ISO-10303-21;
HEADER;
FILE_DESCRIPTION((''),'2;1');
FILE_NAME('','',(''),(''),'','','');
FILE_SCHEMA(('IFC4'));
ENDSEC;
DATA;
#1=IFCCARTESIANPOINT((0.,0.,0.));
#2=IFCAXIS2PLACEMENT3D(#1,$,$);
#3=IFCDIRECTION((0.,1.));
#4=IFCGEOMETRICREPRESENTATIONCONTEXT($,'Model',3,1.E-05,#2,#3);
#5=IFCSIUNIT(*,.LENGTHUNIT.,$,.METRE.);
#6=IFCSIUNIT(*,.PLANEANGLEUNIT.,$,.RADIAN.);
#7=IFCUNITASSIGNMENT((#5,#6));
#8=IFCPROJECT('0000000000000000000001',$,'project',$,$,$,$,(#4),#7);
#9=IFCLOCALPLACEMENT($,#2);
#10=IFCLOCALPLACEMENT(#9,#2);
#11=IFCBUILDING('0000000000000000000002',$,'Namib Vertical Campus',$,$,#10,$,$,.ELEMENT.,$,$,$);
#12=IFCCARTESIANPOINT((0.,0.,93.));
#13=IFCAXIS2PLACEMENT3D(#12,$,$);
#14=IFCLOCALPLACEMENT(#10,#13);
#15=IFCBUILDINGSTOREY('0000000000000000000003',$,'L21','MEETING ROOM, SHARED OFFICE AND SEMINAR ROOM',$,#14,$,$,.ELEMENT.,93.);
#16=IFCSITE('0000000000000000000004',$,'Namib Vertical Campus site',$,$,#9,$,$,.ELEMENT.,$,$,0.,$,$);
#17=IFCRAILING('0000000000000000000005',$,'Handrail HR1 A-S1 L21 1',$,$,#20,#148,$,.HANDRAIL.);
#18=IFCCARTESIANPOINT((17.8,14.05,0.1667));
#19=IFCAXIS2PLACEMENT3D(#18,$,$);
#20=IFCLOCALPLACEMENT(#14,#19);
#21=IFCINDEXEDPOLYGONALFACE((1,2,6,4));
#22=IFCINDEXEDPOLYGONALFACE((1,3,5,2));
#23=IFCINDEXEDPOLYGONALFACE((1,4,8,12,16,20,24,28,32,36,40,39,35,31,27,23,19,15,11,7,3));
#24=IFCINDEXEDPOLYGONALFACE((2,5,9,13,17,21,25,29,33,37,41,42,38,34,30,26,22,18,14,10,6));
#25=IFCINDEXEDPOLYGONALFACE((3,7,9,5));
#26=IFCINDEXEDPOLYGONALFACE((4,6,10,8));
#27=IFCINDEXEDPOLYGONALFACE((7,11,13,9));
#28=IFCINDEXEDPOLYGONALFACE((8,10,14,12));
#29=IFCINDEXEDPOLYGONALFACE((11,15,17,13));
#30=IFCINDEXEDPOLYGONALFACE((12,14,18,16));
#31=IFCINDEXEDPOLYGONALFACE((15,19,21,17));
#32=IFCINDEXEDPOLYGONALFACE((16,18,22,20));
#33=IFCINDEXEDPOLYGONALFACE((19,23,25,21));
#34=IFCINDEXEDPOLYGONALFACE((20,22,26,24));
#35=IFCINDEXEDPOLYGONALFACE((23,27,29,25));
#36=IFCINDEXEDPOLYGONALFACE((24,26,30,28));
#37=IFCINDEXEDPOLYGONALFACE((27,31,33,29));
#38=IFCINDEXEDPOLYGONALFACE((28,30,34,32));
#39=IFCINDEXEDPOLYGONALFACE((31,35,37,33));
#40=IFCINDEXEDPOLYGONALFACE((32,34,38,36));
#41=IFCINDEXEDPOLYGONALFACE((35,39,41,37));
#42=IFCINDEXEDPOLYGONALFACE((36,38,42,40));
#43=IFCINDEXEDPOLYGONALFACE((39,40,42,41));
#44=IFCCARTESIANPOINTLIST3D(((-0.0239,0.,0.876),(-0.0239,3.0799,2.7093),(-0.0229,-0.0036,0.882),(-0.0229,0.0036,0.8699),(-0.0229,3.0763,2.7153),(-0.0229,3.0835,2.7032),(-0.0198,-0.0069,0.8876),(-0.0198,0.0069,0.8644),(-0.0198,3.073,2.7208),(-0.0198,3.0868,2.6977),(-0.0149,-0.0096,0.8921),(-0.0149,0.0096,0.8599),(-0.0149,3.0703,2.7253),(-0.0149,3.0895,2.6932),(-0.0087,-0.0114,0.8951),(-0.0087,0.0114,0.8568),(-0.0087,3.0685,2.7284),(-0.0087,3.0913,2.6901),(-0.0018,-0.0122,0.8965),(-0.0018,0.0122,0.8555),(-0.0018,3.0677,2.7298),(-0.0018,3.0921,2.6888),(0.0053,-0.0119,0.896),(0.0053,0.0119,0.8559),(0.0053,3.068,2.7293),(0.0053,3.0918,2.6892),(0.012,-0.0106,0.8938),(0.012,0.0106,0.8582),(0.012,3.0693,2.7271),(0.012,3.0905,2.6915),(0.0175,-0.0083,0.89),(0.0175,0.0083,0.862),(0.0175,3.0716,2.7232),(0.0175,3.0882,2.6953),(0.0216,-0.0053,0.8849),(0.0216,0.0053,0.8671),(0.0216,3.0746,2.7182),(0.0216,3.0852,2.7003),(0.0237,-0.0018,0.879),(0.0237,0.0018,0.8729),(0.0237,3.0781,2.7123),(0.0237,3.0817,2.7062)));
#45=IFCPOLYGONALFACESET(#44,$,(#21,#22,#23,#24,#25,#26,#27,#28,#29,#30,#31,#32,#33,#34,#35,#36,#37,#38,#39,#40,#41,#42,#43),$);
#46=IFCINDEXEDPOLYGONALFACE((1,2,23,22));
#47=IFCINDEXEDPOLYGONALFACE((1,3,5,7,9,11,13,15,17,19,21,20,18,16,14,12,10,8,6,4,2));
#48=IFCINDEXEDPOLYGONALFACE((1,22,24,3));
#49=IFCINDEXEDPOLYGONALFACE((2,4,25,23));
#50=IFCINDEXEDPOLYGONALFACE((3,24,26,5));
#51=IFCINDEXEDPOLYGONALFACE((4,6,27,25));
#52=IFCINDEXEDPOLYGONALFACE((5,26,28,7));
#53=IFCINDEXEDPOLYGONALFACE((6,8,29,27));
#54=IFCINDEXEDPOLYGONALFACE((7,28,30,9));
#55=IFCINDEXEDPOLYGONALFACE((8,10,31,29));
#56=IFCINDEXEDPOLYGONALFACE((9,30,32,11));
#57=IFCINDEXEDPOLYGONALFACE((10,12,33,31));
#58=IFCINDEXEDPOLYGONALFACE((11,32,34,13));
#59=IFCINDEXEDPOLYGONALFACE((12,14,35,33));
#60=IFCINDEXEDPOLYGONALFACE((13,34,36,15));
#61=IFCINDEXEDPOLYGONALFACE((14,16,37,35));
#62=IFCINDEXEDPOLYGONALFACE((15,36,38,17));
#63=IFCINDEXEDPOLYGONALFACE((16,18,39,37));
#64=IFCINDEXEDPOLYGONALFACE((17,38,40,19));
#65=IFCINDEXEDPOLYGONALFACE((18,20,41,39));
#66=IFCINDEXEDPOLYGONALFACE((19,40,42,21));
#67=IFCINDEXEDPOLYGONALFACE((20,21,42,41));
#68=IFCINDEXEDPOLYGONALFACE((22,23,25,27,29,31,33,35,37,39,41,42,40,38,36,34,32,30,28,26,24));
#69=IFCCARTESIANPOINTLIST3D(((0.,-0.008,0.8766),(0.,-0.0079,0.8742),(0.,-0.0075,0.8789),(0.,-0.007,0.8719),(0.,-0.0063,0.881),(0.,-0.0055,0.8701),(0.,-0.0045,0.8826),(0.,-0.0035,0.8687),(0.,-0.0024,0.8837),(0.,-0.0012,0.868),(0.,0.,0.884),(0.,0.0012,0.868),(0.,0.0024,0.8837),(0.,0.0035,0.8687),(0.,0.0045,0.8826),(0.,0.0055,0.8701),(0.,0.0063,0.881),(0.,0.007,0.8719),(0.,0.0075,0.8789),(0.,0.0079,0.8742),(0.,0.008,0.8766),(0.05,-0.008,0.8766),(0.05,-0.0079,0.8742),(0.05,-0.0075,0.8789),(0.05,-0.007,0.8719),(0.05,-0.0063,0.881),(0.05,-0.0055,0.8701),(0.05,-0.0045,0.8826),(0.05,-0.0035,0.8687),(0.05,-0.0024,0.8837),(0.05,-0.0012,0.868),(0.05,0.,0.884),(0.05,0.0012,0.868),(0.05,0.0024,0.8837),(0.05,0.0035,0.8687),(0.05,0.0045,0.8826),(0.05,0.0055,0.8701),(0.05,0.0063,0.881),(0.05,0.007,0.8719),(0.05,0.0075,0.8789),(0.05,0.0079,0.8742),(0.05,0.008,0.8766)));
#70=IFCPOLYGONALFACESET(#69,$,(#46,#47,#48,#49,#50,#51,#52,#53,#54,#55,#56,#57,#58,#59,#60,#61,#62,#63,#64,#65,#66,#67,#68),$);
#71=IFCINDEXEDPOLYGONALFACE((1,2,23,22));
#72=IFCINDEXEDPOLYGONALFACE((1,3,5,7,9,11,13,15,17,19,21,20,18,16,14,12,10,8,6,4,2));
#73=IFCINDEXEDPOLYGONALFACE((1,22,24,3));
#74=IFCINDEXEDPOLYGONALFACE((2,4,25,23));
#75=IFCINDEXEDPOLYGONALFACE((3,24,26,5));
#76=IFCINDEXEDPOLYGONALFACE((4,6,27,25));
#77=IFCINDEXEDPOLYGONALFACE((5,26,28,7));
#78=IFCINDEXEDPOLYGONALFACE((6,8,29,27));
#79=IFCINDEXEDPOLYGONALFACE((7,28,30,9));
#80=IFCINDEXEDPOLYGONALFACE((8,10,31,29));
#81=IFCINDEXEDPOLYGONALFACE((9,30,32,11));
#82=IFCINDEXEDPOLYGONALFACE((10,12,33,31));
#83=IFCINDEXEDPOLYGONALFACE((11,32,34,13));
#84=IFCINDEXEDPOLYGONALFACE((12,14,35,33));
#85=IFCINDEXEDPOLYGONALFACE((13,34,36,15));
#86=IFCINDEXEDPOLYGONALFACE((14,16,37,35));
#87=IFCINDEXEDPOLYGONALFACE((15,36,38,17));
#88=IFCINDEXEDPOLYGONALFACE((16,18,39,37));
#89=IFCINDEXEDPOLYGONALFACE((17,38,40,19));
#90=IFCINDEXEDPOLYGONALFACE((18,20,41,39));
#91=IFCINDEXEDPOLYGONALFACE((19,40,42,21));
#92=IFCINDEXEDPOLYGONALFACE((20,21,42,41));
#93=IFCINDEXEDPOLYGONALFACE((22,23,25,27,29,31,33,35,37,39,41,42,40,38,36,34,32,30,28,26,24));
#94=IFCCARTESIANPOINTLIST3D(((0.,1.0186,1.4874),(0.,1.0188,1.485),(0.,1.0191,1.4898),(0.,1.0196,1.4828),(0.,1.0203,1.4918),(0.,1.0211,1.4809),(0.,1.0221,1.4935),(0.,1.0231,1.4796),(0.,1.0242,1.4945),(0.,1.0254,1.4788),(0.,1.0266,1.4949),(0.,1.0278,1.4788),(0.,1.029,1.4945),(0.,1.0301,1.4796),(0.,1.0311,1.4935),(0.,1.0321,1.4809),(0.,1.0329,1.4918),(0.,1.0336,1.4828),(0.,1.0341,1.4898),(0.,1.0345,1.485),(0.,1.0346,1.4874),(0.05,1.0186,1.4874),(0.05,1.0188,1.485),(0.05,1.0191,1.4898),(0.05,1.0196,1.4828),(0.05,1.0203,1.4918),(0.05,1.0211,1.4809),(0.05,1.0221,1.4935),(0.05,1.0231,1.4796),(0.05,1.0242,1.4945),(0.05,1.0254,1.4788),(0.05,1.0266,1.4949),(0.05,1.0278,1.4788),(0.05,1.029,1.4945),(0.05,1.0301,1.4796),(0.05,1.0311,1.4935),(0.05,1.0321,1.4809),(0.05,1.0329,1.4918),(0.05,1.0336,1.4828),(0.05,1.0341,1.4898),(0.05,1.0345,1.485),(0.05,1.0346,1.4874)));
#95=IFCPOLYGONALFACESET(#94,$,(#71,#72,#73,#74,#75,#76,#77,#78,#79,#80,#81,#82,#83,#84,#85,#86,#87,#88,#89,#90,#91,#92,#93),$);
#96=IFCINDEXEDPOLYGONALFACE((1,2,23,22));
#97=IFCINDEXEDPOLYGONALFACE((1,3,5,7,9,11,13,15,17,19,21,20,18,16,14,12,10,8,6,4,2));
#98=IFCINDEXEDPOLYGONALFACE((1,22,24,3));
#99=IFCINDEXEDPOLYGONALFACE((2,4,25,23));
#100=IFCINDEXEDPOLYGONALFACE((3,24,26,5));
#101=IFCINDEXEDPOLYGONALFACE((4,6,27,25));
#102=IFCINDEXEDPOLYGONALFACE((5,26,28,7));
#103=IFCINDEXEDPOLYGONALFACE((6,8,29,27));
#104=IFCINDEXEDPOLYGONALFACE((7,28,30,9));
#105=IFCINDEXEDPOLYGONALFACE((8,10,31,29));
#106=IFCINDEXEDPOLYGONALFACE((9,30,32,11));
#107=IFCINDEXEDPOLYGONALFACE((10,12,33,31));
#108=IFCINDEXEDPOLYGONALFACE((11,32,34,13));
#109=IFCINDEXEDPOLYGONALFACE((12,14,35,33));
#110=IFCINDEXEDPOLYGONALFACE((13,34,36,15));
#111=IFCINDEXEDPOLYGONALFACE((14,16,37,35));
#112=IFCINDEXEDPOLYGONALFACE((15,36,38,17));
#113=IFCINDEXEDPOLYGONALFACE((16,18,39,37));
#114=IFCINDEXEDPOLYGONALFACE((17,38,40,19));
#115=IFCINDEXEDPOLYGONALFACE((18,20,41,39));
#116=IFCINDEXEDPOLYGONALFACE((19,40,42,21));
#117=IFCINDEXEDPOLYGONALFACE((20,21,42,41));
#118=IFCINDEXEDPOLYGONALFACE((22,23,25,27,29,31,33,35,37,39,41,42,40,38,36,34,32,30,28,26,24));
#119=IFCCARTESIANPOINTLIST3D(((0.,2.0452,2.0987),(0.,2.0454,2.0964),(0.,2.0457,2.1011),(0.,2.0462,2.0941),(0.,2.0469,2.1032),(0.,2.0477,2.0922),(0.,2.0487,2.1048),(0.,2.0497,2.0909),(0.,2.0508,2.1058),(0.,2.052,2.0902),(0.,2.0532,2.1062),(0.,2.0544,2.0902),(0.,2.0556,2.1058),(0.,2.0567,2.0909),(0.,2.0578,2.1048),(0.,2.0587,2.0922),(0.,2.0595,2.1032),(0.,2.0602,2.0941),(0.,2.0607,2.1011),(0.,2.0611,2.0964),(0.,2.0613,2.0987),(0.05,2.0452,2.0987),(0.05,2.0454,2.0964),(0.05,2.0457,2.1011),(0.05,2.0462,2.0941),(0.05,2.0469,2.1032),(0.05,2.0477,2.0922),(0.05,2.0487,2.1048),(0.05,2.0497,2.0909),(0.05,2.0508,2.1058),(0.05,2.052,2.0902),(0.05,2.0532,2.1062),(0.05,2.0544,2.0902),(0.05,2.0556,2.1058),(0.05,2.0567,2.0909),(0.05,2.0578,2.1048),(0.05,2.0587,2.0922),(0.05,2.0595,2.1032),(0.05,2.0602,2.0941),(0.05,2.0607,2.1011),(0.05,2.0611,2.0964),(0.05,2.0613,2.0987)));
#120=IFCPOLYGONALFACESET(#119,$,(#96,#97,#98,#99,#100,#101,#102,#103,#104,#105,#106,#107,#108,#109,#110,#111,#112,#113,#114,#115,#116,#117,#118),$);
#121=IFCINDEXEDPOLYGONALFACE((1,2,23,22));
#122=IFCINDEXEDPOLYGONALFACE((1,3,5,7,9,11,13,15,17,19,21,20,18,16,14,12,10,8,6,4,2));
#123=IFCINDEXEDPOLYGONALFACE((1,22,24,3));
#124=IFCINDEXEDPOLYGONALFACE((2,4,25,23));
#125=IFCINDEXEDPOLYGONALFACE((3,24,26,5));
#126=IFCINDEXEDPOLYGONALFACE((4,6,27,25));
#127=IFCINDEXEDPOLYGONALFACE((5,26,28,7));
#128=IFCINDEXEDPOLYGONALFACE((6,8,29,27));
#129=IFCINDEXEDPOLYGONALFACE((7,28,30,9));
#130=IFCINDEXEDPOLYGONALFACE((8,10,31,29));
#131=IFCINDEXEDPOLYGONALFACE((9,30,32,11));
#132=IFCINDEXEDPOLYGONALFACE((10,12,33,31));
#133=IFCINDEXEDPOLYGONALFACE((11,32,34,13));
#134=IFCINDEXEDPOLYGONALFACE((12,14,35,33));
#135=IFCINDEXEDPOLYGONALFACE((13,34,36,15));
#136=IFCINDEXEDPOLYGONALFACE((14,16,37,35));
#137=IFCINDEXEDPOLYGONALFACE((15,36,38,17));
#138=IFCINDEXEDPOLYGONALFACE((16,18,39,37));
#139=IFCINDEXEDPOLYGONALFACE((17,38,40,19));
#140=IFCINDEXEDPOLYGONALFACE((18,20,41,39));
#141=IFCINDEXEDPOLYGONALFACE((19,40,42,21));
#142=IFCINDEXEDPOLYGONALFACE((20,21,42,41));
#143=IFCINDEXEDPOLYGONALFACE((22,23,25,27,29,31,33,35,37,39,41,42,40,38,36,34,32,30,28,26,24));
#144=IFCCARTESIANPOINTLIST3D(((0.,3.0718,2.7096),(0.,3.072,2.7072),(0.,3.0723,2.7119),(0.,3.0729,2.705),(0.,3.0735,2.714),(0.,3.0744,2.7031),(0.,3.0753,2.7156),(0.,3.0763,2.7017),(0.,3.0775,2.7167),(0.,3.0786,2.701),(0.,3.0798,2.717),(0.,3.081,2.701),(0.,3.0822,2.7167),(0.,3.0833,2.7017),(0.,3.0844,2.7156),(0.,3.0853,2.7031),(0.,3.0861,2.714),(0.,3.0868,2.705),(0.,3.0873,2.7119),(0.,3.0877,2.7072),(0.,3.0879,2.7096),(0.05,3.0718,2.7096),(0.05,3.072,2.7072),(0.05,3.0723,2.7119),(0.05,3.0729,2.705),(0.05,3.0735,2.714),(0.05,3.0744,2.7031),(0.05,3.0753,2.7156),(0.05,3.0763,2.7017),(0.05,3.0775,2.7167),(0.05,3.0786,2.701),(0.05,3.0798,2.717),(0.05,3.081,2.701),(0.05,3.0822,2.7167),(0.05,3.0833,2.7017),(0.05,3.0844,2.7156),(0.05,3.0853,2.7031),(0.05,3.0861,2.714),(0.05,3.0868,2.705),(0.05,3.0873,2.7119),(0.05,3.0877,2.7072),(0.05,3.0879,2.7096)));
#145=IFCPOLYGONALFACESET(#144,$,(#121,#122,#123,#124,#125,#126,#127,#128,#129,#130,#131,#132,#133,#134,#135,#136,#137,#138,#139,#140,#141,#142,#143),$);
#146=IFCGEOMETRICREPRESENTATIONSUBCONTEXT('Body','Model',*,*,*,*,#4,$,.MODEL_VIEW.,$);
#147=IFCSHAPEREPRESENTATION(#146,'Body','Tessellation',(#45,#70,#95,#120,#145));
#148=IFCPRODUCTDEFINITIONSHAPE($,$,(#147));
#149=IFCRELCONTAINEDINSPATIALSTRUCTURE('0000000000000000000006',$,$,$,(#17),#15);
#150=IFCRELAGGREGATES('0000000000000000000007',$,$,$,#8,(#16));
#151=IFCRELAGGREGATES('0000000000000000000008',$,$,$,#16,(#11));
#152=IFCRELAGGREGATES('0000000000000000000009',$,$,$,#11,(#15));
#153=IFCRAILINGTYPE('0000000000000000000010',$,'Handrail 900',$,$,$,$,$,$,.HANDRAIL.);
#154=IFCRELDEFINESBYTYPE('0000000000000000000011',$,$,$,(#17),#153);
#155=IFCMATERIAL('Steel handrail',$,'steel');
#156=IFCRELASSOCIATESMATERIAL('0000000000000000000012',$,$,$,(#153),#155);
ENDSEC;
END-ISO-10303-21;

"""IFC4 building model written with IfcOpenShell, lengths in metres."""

from ifc_helpers import new_model, si_unit, direction, frame, origin, origin_2d, place, context, subcontext, project, spatial, circle, extrude, material, type_object, element, save


model = new_model("IFC4")

# Units and contexts
model_context = context("Model", 3, precision=1e-05, world=origin(), true_north=direction((0.0, 1.0)))
body_context = subcontext(model_context, "Body", "Model", "MODEL_VIEW")
ifc_project = project(units=[si_unit("LENGTHUNIT", "METRE"), si_unit("PLANEANGLEUNIT", "RADIAN")], contexts=[model_context])

# Site, building, storey
site_placement = place(None, origin())
site = spatial("IfcSite", under=ifc_project, at=site_placement, Name="Namib Vertical Campus site", CompositionType="ELEMENT", RefElevation=0.0)
building_placement = place(site_placement, origin())
building = spatial("IfcBuilding", under=site, at=building_placement, Name="Namib Vertical Campus", CompositionType="ELEMENT")
storey_placement = place(building_placement, frame((0.0, 0.0, 93.0)))
storey = spatial("IfcBuildingStorey", under=building, at=storey_placement, Name="L21", Description="MEETING ROOM, SHARED OFFICE AND SEMINAR ROOM", CompositionType="ELEMENT", Elevation=93.0)

# Railing
ifc_material_1 = material(Name="Steel handrail", Category="steel")
railing_type_1 = type_object("IfcRailingType", Name="Handrail 900", PredefinedType="HANDRAIL", material=ifc_material_1)
railing_1_placement = place(storey_placement, frame((17.8, 14.05, 0.1667)))
element("IfcRailing", 1, at=railing_1_placement, inside=storey, type_object=railing_type_1, Name="Handrail HR1 A-S1 L21 1", PredefinedType="HANDRAIL", context=body_context, shape_type="SweptSolid", body=[
    extrude(circle(Radius=0.0239, at=origin_2d()), frame((0.0, 0.0, 0.876), z_axis=(0.0, 0.859291, 0.511487), x_axis=(-1.0, 0.0, 0.0)), (0.0, 0.0, 1.0), 3.5842),
    extrude(circle(Radius=0.0081, at=origin_2d()), frame((0.0, 0.0, 0.876), z_axis=(1.0, 0.0, 0.0), x_axis=(0.0, 0.0, 1.0)), (0.0, 0.0, 1.0), 0.05),
    extrude(circle(Radius=0.0081, at=origin_2d()), frame((0.0, 1.0266, 1.4868), z_axis=(1.0, 0.0, 0.0), x_axis=(0.0, 0.0, 1.0)), (0.0, 0.0, 1.0), 0.05),
    extrude(circle(Radius=0.0081, at=origin_2d()), frame((0.0, 2.0532, 2.0981), z_axis=(1.0, 0.0, 0.0), x_axis=(0.0, 0.0, 1.0)), (0.0, 0.0, 1.0), 0.05),
    extrude(circle(Radius=0.0081, at=origin_2d()), frame((0.0, 3.0798, 2.709), z_axis=(1.0, 0.0, 0.0), x_axis=(0.0, 0.0, 1.0)), (0.0, 0.0, 1.0), 0.05),
])

save(model, "model.ifc")
